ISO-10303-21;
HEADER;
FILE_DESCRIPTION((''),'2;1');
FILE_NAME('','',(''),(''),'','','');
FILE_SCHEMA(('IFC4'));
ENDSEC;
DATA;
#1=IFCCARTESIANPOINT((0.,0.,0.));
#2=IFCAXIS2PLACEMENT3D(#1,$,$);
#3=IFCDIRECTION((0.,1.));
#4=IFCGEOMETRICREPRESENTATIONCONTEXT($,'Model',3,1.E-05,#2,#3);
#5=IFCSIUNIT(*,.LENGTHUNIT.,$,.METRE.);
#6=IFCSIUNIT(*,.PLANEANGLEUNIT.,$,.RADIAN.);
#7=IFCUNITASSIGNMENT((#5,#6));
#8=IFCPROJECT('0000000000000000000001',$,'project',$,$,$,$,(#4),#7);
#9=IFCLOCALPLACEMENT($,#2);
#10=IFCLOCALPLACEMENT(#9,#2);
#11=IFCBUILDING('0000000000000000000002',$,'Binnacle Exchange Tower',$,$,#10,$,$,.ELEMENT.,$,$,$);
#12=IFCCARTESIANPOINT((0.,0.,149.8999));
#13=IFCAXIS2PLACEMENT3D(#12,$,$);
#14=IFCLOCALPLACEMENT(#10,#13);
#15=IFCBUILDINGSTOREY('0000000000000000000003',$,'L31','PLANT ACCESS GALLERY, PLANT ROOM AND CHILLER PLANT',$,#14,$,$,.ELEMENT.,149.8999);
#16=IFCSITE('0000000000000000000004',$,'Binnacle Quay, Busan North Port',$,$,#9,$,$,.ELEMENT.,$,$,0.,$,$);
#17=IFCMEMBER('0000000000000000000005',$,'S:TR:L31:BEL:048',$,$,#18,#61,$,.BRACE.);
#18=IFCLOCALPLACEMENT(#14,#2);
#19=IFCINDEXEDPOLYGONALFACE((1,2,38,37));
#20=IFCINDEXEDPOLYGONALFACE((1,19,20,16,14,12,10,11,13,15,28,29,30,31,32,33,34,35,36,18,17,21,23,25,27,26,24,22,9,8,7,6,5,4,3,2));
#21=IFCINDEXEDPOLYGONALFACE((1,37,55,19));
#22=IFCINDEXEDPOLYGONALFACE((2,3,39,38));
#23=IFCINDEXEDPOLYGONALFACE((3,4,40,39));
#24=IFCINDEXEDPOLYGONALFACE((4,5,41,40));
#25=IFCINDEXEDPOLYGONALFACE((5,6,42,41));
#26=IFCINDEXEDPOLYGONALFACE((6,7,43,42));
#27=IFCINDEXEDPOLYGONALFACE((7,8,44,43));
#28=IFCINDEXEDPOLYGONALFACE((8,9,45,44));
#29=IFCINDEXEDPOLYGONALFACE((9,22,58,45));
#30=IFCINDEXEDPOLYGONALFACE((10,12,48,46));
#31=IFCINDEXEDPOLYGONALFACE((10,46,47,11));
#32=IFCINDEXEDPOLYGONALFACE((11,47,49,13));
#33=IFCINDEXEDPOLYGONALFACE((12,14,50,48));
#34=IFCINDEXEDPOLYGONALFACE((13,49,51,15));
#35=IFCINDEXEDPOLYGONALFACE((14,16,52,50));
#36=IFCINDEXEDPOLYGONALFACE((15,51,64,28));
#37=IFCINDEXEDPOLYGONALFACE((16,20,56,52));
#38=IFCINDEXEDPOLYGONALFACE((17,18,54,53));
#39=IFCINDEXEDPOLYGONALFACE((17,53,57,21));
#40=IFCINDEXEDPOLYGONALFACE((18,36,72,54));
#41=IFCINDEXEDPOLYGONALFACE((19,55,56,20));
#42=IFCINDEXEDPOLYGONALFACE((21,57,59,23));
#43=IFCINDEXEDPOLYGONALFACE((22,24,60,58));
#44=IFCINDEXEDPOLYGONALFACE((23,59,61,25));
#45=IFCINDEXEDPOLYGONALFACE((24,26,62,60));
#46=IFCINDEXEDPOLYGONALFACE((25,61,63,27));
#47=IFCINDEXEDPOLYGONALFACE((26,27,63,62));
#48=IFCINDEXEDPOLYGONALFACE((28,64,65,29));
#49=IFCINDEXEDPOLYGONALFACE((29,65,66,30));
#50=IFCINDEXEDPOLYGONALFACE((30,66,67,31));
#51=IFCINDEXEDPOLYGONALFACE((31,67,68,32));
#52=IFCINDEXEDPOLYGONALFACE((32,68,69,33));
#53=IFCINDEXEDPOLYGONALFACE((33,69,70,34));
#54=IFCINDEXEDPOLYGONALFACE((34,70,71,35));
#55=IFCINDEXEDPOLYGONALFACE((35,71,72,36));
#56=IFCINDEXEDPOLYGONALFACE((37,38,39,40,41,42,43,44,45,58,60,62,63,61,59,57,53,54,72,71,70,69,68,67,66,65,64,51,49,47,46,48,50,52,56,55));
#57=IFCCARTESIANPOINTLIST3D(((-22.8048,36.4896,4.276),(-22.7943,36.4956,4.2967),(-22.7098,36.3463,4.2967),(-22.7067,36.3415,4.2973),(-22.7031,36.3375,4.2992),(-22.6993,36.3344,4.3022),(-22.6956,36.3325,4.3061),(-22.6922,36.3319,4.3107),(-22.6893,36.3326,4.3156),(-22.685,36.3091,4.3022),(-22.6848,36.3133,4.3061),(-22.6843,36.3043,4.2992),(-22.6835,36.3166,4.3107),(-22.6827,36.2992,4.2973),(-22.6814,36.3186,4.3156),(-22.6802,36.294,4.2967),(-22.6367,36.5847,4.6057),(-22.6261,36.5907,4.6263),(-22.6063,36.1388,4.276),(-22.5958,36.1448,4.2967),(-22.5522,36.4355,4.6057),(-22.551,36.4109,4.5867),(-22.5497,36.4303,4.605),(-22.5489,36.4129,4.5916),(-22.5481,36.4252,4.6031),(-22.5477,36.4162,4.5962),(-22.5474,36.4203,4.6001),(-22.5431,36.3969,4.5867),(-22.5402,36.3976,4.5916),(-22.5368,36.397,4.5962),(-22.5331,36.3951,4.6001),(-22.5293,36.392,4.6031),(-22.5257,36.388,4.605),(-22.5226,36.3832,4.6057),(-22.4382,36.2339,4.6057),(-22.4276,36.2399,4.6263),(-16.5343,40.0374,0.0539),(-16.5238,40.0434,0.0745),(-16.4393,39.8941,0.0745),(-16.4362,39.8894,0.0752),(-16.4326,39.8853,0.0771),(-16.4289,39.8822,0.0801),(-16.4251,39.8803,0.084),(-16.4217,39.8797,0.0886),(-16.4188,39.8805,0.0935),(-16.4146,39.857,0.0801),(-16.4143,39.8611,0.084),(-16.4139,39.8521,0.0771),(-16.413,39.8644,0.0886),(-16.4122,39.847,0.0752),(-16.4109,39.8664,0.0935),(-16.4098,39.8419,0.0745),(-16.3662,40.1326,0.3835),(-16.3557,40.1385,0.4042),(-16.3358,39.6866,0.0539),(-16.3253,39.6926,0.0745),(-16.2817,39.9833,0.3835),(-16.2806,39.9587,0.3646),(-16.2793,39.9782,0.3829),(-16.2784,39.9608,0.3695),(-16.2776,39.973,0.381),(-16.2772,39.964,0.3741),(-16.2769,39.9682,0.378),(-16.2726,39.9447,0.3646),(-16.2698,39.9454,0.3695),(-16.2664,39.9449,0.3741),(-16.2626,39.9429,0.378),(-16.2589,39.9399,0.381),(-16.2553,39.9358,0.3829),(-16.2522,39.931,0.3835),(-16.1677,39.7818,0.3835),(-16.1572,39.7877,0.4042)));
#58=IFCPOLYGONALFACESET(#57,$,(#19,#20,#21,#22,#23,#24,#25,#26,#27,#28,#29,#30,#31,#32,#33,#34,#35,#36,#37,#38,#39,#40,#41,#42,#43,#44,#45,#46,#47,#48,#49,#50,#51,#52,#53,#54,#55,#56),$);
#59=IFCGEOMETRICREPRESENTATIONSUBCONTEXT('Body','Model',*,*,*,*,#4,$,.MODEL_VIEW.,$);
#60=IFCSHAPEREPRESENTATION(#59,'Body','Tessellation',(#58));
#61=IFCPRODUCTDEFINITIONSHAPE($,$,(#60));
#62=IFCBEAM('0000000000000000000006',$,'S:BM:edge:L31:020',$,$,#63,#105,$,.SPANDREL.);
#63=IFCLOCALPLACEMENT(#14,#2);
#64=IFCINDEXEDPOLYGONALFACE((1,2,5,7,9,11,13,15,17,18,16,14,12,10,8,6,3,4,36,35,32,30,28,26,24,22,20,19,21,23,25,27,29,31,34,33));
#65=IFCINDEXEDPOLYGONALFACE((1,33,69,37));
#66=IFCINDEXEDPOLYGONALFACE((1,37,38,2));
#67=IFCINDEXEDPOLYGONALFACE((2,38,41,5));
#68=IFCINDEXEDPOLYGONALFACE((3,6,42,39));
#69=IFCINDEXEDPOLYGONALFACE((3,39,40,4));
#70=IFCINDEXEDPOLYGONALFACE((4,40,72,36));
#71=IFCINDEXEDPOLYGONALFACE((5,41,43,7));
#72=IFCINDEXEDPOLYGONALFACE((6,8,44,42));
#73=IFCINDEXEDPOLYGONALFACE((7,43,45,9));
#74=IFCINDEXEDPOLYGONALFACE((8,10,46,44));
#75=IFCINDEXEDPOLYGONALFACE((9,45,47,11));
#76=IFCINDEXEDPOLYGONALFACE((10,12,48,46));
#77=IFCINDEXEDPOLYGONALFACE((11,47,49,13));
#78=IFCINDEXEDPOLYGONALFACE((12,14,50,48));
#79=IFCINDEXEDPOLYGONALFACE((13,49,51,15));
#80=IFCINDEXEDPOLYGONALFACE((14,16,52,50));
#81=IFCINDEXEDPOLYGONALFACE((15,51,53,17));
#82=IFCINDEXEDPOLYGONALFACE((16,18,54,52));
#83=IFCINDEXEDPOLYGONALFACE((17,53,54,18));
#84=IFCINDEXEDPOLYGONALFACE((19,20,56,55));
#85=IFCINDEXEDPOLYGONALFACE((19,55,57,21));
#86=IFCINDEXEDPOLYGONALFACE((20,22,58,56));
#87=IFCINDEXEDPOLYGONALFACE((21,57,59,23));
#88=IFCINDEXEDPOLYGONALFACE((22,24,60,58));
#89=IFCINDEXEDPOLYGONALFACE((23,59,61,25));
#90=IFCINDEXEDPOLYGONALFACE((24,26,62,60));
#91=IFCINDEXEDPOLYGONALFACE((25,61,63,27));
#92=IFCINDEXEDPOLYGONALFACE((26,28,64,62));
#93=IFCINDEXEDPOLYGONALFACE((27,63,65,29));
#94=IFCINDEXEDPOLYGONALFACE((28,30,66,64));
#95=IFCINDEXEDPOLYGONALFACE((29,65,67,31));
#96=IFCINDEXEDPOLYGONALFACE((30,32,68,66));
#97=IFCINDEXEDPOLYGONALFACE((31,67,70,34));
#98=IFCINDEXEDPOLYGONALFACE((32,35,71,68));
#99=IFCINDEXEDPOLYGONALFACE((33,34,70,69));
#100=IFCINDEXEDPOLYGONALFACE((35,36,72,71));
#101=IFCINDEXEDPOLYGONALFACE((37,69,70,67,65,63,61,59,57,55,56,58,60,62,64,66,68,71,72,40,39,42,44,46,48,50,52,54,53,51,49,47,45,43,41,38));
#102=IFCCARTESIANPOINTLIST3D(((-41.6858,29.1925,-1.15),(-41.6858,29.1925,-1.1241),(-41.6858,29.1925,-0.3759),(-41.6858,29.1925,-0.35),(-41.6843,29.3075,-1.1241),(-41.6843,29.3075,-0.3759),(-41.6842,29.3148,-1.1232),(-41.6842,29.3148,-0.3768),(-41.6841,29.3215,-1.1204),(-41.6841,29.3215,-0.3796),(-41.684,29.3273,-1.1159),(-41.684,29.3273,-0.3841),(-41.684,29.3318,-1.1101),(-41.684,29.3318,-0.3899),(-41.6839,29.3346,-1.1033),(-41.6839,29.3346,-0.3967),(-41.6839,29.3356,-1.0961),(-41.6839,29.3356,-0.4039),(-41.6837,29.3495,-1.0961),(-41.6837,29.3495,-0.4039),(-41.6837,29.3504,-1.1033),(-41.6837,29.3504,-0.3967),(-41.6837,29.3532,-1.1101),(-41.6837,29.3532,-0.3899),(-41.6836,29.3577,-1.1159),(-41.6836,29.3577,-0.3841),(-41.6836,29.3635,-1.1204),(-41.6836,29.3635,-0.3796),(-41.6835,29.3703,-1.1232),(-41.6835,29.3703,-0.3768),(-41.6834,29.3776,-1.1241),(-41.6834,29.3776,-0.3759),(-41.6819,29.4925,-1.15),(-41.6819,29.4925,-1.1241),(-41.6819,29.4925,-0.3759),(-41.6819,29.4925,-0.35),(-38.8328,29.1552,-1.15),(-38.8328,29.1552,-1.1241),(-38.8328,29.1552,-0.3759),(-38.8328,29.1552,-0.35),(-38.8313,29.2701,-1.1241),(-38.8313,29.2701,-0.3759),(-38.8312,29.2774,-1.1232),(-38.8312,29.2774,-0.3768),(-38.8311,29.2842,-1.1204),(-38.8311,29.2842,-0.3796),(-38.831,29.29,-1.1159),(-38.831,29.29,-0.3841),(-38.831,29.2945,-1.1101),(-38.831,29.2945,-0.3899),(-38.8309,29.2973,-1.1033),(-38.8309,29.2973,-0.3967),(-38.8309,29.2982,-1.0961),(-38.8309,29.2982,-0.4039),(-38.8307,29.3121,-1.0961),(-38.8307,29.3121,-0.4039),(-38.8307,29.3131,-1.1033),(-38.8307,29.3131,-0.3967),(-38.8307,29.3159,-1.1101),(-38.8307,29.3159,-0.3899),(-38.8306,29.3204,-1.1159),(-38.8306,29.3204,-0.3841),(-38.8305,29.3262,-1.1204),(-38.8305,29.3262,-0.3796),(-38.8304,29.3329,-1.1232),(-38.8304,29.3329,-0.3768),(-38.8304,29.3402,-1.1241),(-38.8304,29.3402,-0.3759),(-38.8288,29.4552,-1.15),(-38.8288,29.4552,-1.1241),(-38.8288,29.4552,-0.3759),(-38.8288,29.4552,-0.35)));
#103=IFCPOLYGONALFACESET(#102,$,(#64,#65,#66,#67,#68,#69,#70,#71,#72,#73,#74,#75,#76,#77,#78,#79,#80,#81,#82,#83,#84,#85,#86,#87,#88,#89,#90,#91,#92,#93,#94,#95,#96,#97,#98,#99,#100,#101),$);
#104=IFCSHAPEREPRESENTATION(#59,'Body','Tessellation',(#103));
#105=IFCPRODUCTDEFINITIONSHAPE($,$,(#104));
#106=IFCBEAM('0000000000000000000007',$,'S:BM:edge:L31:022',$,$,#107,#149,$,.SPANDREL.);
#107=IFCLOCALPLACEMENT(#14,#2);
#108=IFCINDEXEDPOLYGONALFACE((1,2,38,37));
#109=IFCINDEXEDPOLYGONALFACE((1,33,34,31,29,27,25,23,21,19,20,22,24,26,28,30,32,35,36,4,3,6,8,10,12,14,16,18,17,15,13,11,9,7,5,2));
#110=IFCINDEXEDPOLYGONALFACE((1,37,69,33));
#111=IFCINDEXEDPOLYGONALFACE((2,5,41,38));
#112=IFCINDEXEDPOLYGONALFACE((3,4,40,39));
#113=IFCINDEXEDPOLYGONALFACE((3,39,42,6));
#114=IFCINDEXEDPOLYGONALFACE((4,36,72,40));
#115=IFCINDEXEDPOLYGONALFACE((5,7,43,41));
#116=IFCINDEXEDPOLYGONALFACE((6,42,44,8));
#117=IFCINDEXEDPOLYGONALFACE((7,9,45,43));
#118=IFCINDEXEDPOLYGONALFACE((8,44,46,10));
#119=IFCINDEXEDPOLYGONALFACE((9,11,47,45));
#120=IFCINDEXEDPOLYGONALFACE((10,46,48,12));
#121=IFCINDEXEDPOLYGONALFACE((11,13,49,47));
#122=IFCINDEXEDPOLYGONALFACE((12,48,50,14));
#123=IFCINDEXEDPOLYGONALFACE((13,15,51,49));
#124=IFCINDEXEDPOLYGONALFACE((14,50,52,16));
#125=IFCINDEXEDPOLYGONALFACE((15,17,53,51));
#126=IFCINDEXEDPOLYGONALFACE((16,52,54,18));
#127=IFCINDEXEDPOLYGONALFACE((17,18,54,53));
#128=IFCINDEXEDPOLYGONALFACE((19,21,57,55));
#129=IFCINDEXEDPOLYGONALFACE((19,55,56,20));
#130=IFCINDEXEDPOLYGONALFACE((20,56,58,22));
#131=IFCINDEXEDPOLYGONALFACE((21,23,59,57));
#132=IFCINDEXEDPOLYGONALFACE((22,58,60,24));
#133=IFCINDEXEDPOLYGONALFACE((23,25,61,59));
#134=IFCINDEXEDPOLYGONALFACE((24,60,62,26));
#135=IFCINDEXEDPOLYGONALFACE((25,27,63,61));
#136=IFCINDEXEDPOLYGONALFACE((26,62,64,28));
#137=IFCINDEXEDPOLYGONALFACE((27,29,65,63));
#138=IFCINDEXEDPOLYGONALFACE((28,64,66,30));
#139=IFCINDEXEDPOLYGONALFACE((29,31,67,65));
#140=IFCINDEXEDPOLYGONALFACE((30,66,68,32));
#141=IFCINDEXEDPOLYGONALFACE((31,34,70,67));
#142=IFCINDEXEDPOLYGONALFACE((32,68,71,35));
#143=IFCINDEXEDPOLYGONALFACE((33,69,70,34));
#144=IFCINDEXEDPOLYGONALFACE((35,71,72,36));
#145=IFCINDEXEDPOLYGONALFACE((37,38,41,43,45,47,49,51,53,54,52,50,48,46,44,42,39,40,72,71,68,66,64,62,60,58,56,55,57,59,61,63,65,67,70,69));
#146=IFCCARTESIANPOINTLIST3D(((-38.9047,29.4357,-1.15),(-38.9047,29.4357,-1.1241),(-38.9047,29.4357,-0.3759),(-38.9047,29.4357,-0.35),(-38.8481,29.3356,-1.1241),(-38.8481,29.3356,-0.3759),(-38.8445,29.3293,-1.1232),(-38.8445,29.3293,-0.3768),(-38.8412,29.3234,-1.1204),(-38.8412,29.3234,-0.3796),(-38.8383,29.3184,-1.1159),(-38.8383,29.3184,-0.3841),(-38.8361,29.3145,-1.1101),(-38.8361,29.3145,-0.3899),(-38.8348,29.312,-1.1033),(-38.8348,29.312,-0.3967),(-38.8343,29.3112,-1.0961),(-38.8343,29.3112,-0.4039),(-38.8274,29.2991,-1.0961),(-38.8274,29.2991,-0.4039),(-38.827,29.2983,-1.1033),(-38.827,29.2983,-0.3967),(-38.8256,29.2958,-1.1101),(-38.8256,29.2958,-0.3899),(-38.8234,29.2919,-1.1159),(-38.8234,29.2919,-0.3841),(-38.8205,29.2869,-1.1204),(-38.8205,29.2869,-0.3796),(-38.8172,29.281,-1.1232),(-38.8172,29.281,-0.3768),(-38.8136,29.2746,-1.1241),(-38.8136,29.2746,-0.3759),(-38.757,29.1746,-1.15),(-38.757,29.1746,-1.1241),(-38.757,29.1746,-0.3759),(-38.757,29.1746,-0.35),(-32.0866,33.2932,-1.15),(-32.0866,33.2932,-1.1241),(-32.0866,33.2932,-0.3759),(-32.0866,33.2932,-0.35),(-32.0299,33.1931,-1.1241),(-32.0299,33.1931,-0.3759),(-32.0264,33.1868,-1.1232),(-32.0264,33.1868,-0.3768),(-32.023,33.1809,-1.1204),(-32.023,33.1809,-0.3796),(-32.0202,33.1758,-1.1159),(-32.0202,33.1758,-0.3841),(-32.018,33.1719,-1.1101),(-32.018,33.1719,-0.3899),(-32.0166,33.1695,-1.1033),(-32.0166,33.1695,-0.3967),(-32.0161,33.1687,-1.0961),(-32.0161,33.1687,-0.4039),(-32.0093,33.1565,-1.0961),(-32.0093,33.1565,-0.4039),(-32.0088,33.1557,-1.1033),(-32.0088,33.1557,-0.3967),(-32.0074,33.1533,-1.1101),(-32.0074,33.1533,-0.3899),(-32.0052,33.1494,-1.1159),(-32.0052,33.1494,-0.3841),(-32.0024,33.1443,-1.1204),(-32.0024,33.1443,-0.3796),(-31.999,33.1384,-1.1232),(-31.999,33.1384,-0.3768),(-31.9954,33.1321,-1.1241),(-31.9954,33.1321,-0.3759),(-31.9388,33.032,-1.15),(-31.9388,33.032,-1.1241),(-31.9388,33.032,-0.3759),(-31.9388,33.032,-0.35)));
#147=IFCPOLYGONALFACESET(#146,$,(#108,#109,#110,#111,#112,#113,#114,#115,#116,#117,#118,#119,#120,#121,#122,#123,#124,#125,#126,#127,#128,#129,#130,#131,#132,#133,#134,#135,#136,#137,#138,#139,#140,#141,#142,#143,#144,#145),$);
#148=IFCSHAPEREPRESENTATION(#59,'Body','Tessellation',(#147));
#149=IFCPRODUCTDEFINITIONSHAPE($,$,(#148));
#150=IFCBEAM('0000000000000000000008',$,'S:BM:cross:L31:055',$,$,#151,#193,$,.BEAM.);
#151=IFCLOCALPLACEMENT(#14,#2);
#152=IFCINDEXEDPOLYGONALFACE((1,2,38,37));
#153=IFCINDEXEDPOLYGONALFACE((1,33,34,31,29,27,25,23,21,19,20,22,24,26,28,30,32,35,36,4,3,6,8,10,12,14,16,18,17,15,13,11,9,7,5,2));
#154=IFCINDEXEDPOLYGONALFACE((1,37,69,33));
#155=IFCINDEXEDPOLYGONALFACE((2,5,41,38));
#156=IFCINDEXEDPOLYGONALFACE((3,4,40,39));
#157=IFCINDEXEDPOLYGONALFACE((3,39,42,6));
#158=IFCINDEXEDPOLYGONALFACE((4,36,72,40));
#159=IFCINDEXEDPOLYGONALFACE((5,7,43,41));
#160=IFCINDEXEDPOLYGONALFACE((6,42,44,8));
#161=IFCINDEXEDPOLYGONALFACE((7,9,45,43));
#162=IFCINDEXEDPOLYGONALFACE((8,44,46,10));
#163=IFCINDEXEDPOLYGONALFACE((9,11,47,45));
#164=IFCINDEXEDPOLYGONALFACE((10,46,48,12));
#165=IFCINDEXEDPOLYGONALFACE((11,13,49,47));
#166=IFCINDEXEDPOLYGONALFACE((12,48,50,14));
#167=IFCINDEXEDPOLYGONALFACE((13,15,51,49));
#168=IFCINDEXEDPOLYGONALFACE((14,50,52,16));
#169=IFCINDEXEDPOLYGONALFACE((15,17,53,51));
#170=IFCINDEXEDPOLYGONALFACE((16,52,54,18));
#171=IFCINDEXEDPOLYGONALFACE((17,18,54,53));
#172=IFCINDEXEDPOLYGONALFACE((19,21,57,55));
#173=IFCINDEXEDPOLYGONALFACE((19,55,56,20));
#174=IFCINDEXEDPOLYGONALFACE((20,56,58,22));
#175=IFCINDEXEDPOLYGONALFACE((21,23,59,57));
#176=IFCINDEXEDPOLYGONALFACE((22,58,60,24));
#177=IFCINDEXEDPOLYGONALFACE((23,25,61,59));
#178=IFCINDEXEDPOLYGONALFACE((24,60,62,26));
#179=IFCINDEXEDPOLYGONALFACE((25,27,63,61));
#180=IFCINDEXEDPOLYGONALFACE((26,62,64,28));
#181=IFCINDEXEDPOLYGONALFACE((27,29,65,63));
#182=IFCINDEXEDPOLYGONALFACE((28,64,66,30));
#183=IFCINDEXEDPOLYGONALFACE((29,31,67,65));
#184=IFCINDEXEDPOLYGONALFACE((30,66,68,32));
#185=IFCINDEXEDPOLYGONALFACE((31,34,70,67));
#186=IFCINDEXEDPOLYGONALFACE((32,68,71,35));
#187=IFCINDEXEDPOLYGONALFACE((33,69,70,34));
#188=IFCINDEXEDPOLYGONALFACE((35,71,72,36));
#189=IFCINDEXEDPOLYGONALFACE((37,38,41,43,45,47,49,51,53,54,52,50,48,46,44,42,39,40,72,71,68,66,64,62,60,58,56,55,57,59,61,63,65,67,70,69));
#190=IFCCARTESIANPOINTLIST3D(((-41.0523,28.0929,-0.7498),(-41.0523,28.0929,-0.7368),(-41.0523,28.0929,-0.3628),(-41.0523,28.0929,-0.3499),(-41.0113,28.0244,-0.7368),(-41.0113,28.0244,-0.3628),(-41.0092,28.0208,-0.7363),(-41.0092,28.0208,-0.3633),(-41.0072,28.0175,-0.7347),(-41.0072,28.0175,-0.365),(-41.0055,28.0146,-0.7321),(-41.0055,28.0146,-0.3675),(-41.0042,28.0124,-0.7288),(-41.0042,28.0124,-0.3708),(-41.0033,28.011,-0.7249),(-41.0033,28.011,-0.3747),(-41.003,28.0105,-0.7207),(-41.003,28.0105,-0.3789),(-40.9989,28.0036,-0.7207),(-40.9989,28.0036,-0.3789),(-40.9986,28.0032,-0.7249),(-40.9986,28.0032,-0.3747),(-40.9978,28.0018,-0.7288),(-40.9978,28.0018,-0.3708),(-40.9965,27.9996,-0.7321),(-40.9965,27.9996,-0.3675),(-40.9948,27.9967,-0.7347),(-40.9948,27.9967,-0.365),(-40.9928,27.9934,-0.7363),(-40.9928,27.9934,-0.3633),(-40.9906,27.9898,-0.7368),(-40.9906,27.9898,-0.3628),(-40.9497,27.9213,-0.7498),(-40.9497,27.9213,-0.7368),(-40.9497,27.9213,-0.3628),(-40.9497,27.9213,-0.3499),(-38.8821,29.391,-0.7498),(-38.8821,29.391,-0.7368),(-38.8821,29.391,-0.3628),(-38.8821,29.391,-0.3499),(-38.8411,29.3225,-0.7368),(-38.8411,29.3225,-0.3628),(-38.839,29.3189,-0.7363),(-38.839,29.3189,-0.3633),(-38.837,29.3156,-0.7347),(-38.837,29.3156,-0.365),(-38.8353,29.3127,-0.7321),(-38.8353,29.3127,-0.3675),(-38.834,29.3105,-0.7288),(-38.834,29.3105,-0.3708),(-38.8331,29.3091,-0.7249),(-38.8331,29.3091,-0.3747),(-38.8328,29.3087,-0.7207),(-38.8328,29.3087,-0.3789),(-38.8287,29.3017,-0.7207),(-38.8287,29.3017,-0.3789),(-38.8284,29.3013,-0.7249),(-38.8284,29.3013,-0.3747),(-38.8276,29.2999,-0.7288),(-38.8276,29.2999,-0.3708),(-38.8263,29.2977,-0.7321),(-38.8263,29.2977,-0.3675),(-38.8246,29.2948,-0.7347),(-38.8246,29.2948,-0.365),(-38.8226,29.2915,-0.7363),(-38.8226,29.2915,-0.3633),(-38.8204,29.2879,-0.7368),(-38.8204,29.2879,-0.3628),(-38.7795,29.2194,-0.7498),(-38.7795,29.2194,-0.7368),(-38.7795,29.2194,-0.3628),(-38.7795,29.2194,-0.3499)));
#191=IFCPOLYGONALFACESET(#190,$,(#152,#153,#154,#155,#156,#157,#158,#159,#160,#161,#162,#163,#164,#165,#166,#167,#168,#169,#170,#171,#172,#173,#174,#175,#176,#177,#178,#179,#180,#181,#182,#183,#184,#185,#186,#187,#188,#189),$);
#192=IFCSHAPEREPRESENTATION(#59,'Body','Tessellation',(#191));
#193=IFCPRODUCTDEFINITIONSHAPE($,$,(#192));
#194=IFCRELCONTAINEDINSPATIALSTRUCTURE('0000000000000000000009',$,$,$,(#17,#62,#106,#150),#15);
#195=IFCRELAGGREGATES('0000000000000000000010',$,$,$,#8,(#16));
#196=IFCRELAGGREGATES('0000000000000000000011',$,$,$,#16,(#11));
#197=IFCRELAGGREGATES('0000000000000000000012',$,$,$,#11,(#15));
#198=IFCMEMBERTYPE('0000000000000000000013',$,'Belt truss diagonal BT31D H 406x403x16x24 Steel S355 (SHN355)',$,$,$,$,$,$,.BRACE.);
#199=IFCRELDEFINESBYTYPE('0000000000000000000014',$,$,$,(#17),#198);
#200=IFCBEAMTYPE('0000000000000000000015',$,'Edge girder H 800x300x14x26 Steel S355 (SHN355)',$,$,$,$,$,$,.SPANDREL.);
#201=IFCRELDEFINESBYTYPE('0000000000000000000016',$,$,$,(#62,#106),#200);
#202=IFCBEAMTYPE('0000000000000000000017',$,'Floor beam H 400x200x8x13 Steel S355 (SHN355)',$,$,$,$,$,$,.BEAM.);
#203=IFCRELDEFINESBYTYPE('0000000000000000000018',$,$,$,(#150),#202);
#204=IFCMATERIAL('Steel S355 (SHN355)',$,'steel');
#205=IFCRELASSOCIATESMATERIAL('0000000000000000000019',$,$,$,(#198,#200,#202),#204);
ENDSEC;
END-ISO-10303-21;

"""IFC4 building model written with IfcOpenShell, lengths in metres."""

from ifc_helpers import new_model, si_unit, direction, frame, origin, origin_2d, place, context, subcontext, project, spatial, i_section, extrude, material, material_profile, profile_set, type_object, element, save


model = new_model("IFC4")

# Units and contexts
model_context = context("Model", 3, precision=1e-05, world=origin(), true_north=direction((0.0, 1.0)))
body_context = subcontext(model_context, "Body", "Model", "MODEL_VIEW")
ifc_project = project(units=[si_unit("LENGTHUNIT", "METRE"), si_unit("PLANEANGLEUNIT", "RADIAN")], contexts=[model_context])

# Site, building, storey
site_placement = place(None, origin())
site = spatial("IfcSite", under=ifc_project, at=site_placement, Name="Binnacle Quay, Busan North Port", CompositionType="ELEMENT", RefElevation=0.0)
building_placement = place(site_placement, origin())
building = spatial("IfcBuilding", under=site, at=building_placement, Name="Binnacle Exchange Tower", CompositionType="ELEMENT")
storey_placement = place(building_placement, frame((0.0, 0.0, 149.8999)))
storey = spatial("IfcBuildingStorey", under=building, at=storey_placement, Name="L31", Description="PLANT ACCESS GALLERY, PLANT ROOM AND CHILLER PLANT", CompositionType="ELEMENT", Elevation=149.8999)

# Member
ifc_material_1 = material(Name="Steel S355 (SHN355)", Category="steel")
ifc_material_profile_1 = material_profile(ifc_material_1, i_section(OverallWidth=0.4031, OverallDepth=0.406, WebThickness=0.0161, FlangeThickness=0.0239, FilletRadius=0.022, at=origin_2d()), Name="H 406x403x16x24")
ifc_profile_set_1 = profile_set([ifc_material_profile_1], Name="Steel S355 (SHN355)")
member_type_1 = type_object("IfcMemberType", Name="Belt truss diagonal BT31D H 406x403x16x24 Steel S355 (SHN355)", PredefinedType="BRACE", material=ifc_profile_set_1)
member_1_placement = place(storey_placement, frame((-22.6162, 36.3647, 4.4512), z_axis=(0.750901, 0.42486, -0.50561), x_axis=(-0.492441, 0.870346, 0.0)))
element("IfcMember", 1, at=member_1_placement, inside=storey, type_object=member_type_1, Name="S:TR:L31:BEL:048", PredefinedType="BRACE", context=body_context, shape_type="SweptSolid", body=[
    extrude(i_section(OverallWidth=0.4031, OverallDepth=0.406, WebThickness=0.0161, FlangeThickness=0.0239, FilletRadius=0.022, at=origin_2d()), origin(), (0.0, 0.0, 1.0), 8.3506),
])

# Beams
ifc_material_profile_2 = material_profile(ifc_material_1, i_section(OverallWidth=0.3, OverallDepth=0.8, WebThickness=0.0139, FlangeThickness=0.0259, FilletRadius=0.0281, at=origin_2d()), Name="H 800x300x14x26")
ifc_profile_set_2 = profile_set([ifc_material_profile_2], Name="Steel S355 (SHN355)")
beam_type_1 = type_object("IfcBeamType", Name="Edge girder H 800x300x14x26 Steel S355 (SHN355)", PredefinedType="SPANDREL", material=ifc_profile_set_2)
beam_1_placement = place(storey_placement, frame((-38.8308, 29.3052, -0.75), z_axis=(-0.999914, 0.013091, 0.0), x_axis=(-0.013091, -0.999914, 0.0)))
element("IfcBeam", 2, at=beam_1_placement, inside=storey, type_object=beam_type_1, Name="S:BM:edge:L31:020", PredefinedType="SPANDREL", context=body_context, shape_type="SweptSolid", body=[
    extrude(i_section(OverallWidth=0.3, OverallDepth=0.8, WebThickness=0.0139, FlangeThickness=0.0259, FilletRadius=0.0281, at=origin_2d()), origin(), (0.0, 0.0, 1.0), 2.8533),
])
beam_2_placement = place(storey_placement, frame((-32.0127, 33.1626, -0.75), z_axis=(-0.87036, -0.492416, 0.0), x_axis=(0.492416, -0.87036, 0.0)))
element("IfcBeam", 3, at=beam_2_placement, inside=storey, type_object=beam_type_1, Name="S:BM:edge:L31:022", PredefinedType="SPANDREL", context=body_context, shape_type="SweptSolid", body=[
    extrude(i_section(OverallWidth=0.3, OverallDepth=0.8, WebThickness=0.0139, FlangeThickness=0.0259, FilletRadius=0.0281, at=origin_2d()), origin(), (0.0, 0.0, 1.0), 7.8337),
])
ifc_material_profile_3 = material_profile(ifc_material_1, i_section(OverallWidth=0.2, OverallDepth=0.3999, WebThickness=0.0081, FlangeThickness=0.0129, FilletRadius=0.0161, at=origin_2d()), Name="H 400x200x8x13")
ifc_profile_set_3 = profile_set([ifc_material_profile_3], Name="Steel S355 (SHN355)")
beam_type_2 = type_object("IfcBeamType", Name="Floor beam H 400x200x8x13 Steel S355 (SHN355)", PredefinedType="BEAM", material=ifc_profile_set_3)
beam_3_placement = place(storey_placement, frame((-41.001, 28.0071, -0.5498), z_axis=(0.858191, 0.513331, 0.0), x_axis=(-0.513331, 0.858191, 0.0)))
element("IfcBeam", 4, at=beam_3_placement, inside=storey, type_object=beam_type_2, Name="S:BM:cross:L31:055", PredefinedType="BEAM", context=body_context, shape_type="SweptSolid", body=[
    extrude(i_section(OverallWidth=0.2, OverallDepth=0.3999, WebThickness=0.0081, FlangeThickness=0.0129, FilletRadius=0.0161, at=origin_2d()), origin(), (0.0, 0.0, 1.0), 2.5288),
])

save(model, "model.ifc")
